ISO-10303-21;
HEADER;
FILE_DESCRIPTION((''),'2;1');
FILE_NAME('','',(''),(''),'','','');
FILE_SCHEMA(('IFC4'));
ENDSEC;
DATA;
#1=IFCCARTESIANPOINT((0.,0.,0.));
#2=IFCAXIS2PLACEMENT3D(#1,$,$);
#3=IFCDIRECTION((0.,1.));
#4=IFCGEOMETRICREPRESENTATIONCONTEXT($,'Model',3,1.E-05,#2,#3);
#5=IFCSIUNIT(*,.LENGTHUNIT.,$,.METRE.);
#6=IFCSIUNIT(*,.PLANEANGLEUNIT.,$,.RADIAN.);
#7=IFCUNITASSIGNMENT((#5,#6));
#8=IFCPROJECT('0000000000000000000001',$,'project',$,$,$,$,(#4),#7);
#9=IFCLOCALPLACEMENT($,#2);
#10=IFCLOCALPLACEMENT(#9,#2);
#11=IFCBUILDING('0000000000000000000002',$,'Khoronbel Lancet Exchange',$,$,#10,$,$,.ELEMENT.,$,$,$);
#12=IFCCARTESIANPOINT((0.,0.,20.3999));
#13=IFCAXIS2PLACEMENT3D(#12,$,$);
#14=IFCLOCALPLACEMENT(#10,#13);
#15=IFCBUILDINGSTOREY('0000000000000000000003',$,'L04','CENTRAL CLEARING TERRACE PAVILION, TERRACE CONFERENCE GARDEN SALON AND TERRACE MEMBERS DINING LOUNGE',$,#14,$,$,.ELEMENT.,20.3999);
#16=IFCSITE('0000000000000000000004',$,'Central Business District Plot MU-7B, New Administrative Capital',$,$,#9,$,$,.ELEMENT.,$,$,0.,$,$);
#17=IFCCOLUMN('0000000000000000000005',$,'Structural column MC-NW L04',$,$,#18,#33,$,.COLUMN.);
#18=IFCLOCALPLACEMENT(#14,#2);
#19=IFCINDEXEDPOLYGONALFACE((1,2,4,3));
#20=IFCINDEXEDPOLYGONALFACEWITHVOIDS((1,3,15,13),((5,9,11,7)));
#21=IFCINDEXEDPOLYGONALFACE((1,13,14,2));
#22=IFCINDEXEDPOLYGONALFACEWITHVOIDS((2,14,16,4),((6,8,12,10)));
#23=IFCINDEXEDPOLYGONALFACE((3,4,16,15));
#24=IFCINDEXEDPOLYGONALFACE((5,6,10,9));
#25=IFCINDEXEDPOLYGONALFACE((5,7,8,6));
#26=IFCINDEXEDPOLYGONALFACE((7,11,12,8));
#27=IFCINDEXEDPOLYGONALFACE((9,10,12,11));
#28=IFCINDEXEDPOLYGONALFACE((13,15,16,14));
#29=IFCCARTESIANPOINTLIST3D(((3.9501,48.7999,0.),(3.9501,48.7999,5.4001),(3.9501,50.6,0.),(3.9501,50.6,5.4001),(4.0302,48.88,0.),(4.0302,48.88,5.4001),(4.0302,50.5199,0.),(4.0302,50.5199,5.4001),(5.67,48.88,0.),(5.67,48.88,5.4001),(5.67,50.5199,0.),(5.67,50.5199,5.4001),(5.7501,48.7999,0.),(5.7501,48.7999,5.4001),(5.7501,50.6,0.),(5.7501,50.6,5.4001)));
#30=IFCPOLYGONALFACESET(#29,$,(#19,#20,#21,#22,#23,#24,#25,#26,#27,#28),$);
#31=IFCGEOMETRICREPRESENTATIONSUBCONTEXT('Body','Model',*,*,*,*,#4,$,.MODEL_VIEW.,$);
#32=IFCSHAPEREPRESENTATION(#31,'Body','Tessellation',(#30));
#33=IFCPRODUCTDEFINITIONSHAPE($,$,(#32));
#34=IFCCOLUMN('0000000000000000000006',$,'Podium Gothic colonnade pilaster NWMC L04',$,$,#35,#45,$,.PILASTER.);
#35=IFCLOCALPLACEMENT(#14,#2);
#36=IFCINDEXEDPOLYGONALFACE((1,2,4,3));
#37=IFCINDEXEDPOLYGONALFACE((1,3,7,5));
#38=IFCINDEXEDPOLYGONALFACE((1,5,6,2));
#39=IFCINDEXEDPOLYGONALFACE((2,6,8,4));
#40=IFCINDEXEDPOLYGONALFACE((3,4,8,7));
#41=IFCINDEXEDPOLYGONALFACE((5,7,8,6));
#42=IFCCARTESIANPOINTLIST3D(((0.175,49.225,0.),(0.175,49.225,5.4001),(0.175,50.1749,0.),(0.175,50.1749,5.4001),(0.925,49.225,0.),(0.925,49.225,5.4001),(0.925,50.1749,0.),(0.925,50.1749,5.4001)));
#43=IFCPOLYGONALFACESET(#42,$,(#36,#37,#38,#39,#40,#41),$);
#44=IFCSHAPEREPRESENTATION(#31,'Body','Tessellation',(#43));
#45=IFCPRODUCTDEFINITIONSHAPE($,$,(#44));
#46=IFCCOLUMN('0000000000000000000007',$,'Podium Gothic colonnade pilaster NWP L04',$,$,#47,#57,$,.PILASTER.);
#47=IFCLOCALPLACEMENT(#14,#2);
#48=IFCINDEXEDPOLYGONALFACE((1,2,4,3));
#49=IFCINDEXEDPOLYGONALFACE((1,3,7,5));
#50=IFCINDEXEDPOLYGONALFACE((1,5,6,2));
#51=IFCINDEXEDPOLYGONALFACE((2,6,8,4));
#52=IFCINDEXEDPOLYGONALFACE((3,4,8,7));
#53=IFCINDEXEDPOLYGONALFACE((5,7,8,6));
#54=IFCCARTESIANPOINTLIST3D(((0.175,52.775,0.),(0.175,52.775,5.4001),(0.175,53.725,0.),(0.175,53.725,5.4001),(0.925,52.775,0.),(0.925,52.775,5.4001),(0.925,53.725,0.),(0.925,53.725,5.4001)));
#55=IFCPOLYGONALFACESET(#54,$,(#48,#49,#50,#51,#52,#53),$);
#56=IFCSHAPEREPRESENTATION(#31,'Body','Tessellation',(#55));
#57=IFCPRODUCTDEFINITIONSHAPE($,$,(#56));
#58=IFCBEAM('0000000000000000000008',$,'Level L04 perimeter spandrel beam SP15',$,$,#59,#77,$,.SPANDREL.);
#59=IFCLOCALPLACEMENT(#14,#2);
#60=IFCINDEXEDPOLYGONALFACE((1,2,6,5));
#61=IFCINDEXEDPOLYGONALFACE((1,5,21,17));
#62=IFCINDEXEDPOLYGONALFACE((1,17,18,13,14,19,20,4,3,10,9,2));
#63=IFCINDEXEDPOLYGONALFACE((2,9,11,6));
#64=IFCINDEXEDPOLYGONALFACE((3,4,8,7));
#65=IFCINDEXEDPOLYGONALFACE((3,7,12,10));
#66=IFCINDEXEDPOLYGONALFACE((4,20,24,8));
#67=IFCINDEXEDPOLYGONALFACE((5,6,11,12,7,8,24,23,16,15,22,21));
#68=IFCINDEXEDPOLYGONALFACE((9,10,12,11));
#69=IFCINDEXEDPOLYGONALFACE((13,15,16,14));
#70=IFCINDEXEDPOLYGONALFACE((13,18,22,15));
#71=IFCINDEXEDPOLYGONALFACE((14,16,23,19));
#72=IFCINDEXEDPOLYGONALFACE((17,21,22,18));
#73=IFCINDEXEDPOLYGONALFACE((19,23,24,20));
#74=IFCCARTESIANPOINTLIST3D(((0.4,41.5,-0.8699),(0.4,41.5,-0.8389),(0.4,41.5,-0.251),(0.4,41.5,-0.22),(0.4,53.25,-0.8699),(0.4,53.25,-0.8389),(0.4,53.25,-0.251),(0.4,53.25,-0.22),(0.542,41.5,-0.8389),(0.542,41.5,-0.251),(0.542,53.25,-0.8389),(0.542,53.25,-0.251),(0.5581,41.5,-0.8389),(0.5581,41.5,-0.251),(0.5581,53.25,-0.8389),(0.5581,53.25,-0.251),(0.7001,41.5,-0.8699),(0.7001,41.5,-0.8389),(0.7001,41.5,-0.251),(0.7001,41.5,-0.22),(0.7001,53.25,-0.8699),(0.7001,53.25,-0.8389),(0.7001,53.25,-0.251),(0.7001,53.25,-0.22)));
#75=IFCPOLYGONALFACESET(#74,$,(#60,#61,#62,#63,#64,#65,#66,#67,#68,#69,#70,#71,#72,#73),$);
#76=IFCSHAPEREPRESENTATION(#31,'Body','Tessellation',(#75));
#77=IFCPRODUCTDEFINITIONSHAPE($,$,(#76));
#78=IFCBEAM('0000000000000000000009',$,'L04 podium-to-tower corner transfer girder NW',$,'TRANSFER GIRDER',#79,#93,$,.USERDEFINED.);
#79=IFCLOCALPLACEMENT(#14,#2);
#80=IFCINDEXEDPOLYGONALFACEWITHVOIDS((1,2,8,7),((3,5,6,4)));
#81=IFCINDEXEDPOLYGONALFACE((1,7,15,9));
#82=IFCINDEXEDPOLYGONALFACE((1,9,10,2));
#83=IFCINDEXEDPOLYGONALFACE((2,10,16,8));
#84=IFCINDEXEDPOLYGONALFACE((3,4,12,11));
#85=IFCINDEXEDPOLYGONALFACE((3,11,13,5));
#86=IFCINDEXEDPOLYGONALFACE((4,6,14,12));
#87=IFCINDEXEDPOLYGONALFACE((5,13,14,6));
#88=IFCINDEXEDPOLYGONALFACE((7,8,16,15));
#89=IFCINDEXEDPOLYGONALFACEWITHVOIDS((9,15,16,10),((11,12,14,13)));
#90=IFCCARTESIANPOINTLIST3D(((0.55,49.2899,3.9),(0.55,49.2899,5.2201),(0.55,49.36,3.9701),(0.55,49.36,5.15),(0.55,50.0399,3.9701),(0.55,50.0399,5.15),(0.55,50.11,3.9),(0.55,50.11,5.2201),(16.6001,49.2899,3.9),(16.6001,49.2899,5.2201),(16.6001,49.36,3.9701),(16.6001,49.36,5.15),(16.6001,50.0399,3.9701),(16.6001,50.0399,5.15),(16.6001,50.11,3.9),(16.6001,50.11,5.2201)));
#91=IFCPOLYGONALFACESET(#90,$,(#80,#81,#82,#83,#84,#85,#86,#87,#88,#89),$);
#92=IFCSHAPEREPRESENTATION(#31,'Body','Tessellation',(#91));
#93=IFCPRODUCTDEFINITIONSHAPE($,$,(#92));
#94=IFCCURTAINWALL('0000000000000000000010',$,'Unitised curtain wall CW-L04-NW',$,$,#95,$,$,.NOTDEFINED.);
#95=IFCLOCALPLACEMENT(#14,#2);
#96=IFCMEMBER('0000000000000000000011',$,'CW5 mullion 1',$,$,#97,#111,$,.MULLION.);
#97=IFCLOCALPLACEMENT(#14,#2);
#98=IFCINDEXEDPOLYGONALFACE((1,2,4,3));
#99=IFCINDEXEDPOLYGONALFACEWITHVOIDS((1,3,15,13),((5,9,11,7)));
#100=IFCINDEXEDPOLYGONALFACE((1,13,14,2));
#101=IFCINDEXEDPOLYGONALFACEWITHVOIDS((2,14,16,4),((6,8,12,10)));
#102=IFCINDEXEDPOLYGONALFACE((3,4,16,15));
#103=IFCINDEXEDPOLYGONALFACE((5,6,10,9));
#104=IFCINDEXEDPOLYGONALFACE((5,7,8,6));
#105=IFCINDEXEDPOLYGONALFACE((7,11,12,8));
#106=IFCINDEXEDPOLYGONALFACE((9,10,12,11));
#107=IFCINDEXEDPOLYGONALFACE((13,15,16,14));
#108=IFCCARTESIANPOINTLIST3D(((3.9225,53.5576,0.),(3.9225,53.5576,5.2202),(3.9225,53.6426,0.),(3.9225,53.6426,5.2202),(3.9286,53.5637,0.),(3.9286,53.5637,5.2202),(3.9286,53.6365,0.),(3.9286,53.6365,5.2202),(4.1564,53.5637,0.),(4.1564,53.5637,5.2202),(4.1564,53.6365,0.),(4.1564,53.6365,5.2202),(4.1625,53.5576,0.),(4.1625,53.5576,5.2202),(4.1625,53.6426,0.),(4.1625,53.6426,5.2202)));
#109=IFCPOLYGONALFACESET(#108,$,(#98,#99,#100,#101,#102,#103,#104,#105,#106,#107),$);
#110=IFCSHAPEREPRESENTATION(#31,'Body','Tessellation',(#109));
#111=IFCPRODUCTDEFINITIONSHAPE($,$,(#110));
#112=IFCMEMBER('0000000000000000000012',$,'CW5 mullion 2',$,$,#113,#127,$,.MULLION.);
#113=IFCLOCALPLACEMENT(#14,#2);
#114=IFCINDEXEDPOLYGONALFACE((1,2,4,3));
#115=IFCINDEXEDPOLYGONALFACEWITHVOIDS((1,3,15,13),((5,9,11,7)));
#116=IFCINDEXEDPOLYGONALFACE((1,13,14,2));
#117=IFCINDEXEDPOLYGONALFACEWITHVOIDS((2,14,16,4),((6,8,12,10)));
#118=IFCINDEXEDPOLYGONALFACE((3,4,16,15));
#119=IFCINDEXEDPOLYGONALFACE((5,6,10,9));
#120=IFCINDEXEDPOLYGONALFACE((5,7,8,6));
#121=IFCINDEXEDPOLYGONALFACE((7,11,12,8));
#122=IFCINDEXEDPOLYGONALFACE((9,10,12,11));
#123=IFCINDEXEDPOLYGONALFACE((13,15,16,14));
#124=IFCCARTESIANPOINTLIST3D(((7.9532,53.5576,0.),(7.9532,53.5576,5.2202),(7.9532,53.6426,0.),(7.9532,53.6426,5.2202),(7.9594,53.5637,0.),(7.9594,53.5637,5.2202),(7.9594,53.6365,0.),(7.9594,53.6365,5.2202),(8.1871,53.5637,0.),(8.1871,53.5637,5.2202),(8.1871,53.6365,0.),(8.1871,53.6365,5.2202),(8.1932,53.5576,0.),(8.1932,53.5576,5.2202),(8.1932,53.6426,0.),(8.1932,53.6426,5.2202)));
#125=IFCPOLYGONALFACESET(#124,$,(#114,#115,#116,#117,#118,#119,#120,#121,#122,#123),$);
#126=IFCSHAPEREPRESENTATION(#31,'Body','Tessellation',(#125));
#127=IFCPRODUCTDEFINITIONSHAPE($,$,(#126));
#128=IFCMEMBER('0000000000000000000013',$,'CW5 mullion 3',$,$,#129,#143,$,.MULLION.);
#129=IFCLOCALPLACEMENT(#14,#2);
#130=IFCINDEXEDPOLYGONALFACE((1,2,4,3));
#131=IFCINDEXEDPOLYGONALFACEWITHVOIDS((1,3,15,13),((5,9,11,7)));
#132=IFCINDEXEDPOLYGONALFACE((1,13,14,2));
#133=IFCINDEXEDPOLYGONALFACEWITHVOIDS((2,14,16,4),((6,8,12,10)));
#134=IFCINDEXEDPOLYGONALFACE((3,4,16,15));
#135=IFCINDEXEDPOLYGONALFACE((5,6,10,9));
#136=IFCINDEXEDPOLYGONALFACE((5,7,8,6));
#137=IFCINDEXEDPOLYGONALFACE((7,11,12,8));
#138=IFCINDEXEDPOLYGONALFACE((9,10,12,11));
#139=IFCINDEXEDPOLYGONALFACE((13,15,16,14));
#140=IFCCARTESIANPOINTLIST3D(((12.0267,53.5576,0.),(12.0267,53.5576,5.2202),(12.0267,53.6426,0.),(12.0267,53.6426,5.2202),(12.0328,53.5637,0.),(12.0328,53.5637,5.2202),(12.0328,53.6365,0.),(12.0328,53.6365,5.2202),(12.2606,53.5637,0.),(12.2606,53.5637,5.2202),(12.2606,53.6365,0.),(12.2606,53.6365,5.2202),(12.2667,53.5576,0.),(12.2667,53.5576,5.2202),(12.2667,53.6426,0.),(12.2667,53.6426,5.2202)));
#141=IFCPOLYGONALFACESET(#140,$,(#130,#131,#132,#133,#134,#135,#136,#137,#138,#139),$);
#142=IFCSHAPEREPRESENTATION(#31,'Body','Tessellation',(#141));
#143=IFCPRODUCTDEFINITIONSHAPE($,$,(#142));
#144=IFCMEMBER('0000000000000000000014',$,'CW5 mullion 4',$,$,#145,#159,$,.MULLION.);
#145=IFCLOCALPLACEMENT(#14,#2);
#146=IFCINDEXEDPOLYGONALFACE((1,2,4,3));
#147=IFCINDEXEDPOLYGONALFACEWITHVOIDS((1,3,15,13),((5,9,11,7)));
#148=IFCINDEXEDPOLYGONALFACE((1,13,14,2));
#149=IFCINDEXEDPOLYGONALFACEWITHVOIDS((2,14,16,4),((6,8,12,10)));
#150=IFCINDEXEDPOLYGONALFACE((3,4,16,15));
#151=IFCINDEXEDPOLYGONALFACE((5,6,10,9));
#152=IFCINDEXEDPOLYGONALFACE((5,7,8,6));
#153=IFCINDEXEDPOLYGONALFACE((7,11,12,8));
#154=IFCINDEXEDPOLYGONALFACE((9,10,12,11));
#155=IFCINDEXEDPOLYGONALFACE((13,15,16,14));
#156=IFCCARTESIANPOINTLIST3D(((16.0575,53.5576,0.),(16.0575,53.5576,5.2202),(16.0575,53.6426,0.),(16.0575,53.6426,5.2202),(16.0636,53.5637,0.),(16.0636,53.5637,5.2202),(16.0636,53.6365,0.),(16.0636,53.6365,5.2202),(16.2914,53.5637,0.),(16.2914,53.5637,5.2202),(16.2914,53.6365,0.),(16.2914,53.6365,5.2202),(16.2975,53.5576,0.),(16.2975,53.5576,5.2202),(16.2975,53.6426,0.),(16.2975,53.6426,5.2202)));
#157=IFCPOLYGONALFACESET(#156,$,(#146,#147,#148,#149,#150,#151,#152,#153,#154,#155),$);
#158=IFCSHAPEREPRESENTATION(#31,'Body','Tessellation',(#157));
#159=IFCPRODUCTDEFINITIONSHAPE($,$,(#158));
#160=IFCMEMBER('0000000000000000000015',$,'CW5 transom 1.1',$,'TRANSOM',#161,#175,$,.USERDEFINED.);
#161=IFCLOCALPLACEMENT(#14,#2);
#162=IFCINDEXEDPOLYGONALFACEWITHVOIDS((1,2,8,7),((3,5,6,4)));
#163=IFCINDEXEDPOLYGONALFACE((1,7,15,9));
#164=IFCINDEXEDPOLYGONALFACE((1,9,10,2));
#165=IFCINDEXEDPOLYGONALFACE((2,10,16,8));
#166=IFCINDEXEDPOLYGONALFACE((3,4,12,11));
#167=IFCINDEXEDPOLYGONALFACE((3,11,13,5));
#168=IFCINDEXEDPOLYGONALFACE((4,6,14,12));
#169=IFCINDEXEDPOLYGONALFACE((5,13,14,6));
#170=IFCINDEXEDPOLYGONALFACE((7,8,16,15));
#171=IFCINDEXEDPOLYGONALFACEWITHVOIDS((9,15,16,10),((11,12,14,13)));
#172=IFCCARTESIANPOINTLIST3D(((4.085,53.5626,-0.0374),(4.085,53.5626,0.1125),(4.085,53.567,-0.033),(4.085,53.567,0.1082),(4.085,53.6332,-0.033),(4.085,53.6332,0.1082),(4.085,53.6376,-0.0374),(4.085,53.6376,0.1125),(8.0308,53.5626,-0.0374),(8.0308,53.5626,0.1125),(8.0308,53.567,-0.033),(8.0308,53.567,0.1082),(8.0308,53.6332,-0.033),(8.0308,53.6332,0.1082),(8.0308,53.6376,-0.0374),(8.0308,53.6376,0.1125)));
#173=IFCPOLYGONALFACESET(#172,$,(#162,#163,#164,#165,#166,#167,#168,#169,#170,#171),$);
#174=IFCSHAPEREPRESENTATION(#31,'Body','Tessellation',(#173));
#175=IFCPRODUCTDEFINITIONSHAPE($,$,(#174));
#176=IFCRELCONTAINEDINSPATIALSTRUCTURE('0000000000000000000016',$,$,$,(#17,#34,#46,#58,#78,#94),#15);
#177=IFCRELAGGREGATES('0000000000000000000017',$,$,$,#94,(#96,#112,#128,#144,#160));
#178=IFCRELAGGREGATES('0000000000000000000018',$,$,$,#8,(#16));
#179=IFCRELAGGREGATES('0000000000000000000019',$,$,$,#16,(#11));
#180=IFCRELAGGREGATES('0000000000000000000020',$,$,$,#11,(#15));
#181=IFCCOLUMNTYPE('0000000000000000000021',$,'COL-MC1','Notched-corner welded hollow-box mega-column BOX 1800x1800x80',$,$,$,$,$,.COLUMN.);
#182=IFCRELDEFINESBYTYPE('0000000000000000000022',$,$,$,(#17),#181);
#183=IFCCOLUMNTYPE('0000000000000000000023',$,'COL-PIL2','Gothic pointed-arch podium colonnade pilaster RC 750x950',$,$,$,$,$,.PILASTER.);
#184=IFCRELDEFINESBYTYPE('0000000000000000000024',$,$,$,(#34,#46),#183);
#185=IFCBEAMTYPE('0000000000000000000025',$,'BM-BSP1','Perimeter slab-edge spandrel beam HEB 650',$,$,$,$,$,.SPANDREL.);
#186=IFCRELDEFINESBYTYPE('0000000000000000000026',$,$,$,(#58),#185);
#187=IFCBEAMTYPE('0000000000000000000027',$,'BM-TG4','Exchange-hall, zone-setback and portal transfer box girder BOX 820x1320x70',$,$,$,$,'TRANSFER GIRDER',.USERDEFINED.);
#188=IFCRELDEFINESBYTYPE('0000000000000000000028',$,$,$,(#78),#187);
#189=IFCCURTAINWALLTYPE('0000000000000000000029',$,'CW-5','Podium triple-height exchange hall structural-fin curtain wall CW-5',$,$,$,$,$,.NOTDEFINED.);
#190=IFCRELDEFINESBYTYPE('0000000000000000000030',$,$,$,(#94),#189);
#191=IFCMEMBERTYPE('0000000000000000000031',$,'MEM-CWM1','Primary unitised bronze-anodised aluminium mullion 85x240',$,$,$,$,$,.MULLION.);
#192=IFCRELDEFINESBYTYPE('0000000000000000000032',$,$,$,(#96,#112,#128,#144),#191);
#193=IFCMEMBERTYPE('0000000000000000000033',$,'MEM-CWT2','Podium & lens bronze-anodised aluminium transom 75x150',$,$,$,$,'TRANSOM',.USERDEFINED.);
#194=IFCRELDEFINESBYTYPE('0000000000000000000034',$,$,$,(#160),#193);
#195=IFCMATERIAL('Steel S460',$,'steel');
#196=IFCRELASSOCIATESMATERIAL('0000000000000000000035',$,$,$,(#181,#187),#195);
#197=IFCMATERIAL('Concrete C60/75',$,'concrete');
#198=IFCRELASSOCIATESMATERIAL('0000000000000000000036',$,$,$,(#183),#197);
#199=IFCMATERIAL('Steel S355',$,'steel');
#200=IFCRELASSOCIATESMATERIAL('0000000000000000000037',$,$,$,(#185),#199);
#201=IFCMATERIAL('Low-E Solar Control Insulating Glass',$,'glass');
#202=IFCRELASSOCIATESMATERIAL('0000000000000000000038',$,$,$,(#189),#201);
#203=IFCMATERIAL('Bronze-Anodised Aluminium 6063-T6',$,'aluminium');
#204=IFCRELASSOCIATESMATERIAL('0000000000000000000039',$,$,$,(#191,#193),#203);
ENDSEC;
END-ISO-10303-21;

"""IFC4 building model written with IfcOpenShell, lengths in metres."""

from ifc_helpers import new_model, si_unit, direction, frame, origin, origin_2d, place, context, subcontext, project, spatial, rectangle, hollow_rectangle, i_section, extrude, material, material_profile, profile_set, type_object, element, aggregate, save


model = new_model("IFC4")

# Units and contexts
model_context = context("Model", 3, precision=1e-05, world=origin(), true_north=direction((0.0, 1.0)))
body_context = subcontext(model_context, "Body", "Model", "MODEL_VIEW")
ifc_project = project(units=[si_unit("LENGTHUNIT", "METRE"), si_unit("PLANEANGLEUNIT", "RADIAN")], contexts=[model_context])

# Site, building, storey
site_placement = place(None, origin())
site = spatial("IfcSite", under=ifc_project, at=site_placement, Name="Central Business District Plot MU-7B, New Administrative Capital", CompositionType="ELEMENT", RefElevation=0.0)
building_placement = place(site_placement, origin())
building = spatial("IfcBuilding", under=site, at=building_placement, Name="Khoronbel Lancet Exchange", CompositionType="ELEMENT")
storey_placement = place(building_placement, frame((0.0, 0.0, 20.3999)))
storey = spatial("IfcBuildingStorey", under=building, at=storey_placement, Name="L04", Description="CENTRAL CLEARING TERRACE PAVILION, TERRACE CONFERENCE GARDEN SALON AND TERRACE MEMBERS DINING LOUNGE", CompositionType="ELEMENT", Elevation=20.3999)

# Columns
ifc_material_1 = material(Name="Steel S460", Category="steel")
ifc_material_profile_1 = material_profile(ifc_material_1, hollow_rectangle(XDim=1.8, YDim=1.8, WallThickness=0.0801, at=origin_2d()), Name="BOX 1800x1800x80")
ifc_profile_set_1 = profile_set([ifc_material_profile_1], Name="Steel S460")
column_type_1 = type_object("IfcColumnType", Name="COL-MC1", Description="Notched-corner welded hollow-box mega-column BOX 1800x1800x80", PredefinedType="COLUMN", material=ifc_profile_set_1)
column_placement = place(storey_placement, frame((4.8501, 49.7, 0.0), z_axis=(0.0, 0.0, 1.0), x_axis=(1.0, 0.0, 0.0)))
element("IfcColumn", 1, at=column_placement, inside=storey, type_object=column_type_1, Name="Structural column MC-NW L04", PredefinedType="COLUMN", context=body_context, shape_type="SweptSolid", body=[
    extrude(hollow_rectangle(XDim=1.8, YDim=1.8, WallThickness=0.0801, at=origin_2d()), origin(), (0.0, 0.0, 1.0), 5.4001),
])
ifc_material_2 = material(Name="Concrete C60/75", Category="concrete")
ifc_material_profile_2 = material_profile(ifc_material_2, rectangle(XDim=0.75, YDim=0.95, at=origin_2d()), Name="RC 750x950")
ifc_profile_set_2 = profile_set([ifc_material_profile_2], Name="Concrete C60/75")
column_type_2 = type_object("IfcColumnType", Name="COL-PIL2", Description="Gothic pointed-arch podium colonnade pilaster RC 750x950", PredefinedType="PILASTER", material=ifc_profile_set_2)
for number, where, z_axis, x_axis, name in (
    (2, (0.55, 49.7, 0.0), (0.0, 0.0, 1.0), (1.0, 0.0, 0.0), "Podium Gothic colonnade pilaster NWMC L04"),
    (3, (0.55, 53.25, 0.0), (0.0, 0.0, 1.0), (1.0, 0.0, 0.0), "Podium Gothic colonnade pilaster NWP L04"),
):
    element("IfcColumn", number, at=place(storey_placement, frame(where, z_axis=z_axis, x_axis=x_axis)), inside=storey, type_object=column_type_2, Name=name, PredefinedType="PILASTER", context=body_context, shape_type="SweptSolid", body=[
        extrude(rectangle(XDim=0.75, YDim=0.95, at=origin_2d()), origin(), (0.0, 0.0, 1.0), 5.4001),
    ])

# Beams
ifc_material_3 = material(Name="Steel S355", Category="steel")
ifc_material_profile_3 = material_profile(ifc_material_3, i_section(OverallWidth=0.3, OverallDepth=0.6499, WebThickness=0.0161, FlangeThickness=0.031, at=origin_2d()), Name="HEB 650")
ifc_profile_set_3 = profile_set([ifc_material_profile_3], Name="Steel S355")
beam_type_1 = type_object("IfcBeamType", Name="BM-BSP1", Description="Perimeter slab-edge spandrel beam HEB 650", PredefinedType="SPANDREL", material=ifc_profile_set_3)
beam_1_placement = place(storey_placement, frame((0.55, 53.25, -0.5449), z_axis=(0.0, -1.0, 0.0), x_axis=(1.0, 0.0, 0.0)))
element("IfcBeam", 4, at=beam_1_placement, inside=storey, type_object=beam_type_1, Name="Level L04 perimeter spandrel beam SP15", PredefinedType="SPANDREL", context=body_context, shape_type="SweptSolid", body=[
    extrude(i_section(OverallWidth=0.3, OverallDepth=0.6499, WebThickness=0.0161, FlangeThickness=0.031, at=origin_2d()), origin(), (0.0, 0.0, 1.0), 11.75),
])
ifc_material_profile_4 = material_profile(ifc_material_1, hollow_rectangle(XDim=0.8201, YDim=1.3201, WallThickness=0.0701, at=origin_2d()), Name="BOX 820x1320x70")
ifc_profile_set_4 = profile_set([ifc_material_profile_4], Name="Steel S460")
beam_type_2 = type_object("IfcBeamType", Name="BM-TG4", Description="Exchange-hall, zone-setback and portal transfer box girder BOX 820x1320x70", ElementType="TRANSFER GIRDER", PredefinedType="USERDEFINED", material=ifc_profile_set_4)
beam_2_placement = place(storey_placement, frame((0.55, 49.7, 4.5601), z_axis=(1.0, 0.0, 0.0), x_axis=(0.0, 1.0, 0.0)))
element("IfcBeam", 5, at=beam_2_placement, inside=storey, type_object=beam_type_2, Name="L04 podium-to-tower corner transfer girder NW", ObjectType="TRANSFER GIRDER", PredefinedType="USERDEFINED", context=body_context, shape_type="SweptSolid", body=[
    extrude(hollow_rectangle(XDim=0.8201, YDim=1.3201, WallThickness=0.0701, at=origin_2d()), origin(), (0.0, 0.0, 1.0), 16.05),
])

# Curtain wall, members
ifc_material_4 = material(Name="Low-E Solar Control Insulating Glass", Category="glass")
curtain_wall_type = type_object("IfcCurtainWallType", Name="CW-5", Description="Podium triple-height exchange hall structural-fin curtain wall CW-5", PredefinedType="NOTDEFINED", material=ifc_material_4)
curtain_wall_placement = place(storey_placement, origin())
curtain_wall = element("IfcCurtainWall", 6, at=curtain_wall_placement, inside=storey, type_object=curtain_wall_type, Name="Unitised curtain wall CW-L04-NW", PredefinedType="NOTDEFINED")
ifc_material_5 = material(Name="Bronze-Anodised Aluminium 6063-T6", Category="aluminium")
ifc_material_profile_5 = material_profile(ifc_material_5, hollow_rectangle(XDim=0.085, YDim=0.24, WallThickness=0.0061, at=origin_2d()), Name="ALU MULLION 85x240")
ifc_profile_set_5 = profile_set([ifc_material_profile_5], Name="Bronze-Anodised Aluminium 6063-T6")
member_type_1 = type_object("IfcMemberType", Name="MEM-CWM1", Description="Primary unitised bronze-anodised aluminium mullion 85x240", PredefinedType="MULLION", material=ifc_profile_set_5)
member_1_placement = place(storey_placement, frame((4.0425, 53.6001, 0.0), z_axis=(0.0, 0.0, 1.0), x_axis=(0.0, 1.0, 0.0)))
member_1 = element("IfcMember", 7, at=member_1_placement, type_object=member_type_1, Name="CW5 mullion 1", PredefinedType="MULLION", context=body_context, shape_type="SweptSolid", body=[
    extrude(hollow_rectangle(XDim=0.085, YDim=0.24, WallThickness=0.0061, at=origin_2d()), origin(), (0.0, 0.0, 1.0), 5.2202),
])
member_2_placement = place(storey_placement, frame((8.0732, 53.6001, 0.0), z_axis=(0.0, 0.0, 1.0), x_axis=(0.0, 1.0, 0.0)))
member_2 = element("IfcMember", 8, at=member_2_placement, type_object=member_type_1, Name="CW5 mullion 2", PredefinedType="MULLION", context=body_context, shape_type="SweptSolid", body=[
    extrude(hollow_rectangle(XDim=0.085, YDim=0.24, WallThickness=0.0061, at=origin_2d()), origin(), (0.0, 0.0, 1.0), 5.2202),
])
member_3_placement = place(storey_placement, frame((12.1467, 53.6001, 0.0), z_axis=(0.0, 0.0, 1.0), x_axis=(0.0, 1.0, 0.0)))
member_3 = element("IfcMember", 9, at=member_3_placement, type_object=member_type_1, Name="CW5 mullion 3", PredefinedType="MULLION", context=body_context, shape_type="SweptSolid", body=[
    extrude(hollow_rectangle(XDim=0.085, YDim=0.24, WallThickness=0.0061, at=origin_2d()), origin(), (0.0, 0.0, 1.0), 5.2202),
])
member_4_placement = place(storey_placement, frame((16.1775, 53.6001, 0.0), z_axis=(0.0, 0.0, 1.0), x_axis=(0.0, 1.0, 0.0)))
member_4 = element("IfcMember", 10, at=member_4_placement, type_object=member_type_1, Name="CW5 mullion 4", PredefinedType="MULLION", context=body_context, shape_type="SweptSolid", body=[
    extrude(hollow_rectangle(XDim=0.085, YDim=0.24, WallThickness=0.0061, at=origin_2d()), origin(), (0.0, 0.0, 1.0), 5.2202),
])
ifc_material_profile_6 = material_profile(ifc_material_5, hollow_rectangle(XDim=0.075, YDim=0.1499, WallThickness=0.0044, at=origin_2d()), Name="ALU TRANSOM 75x150")
ifc_profile_set_6 = profile_set([ifc_material_profile_6], Name="Bronze-Anodised Aluminium 6063-T6")
member_type_2 = type_object("IfcMemberType", Name="MEM-CWT2", Description="Podium & lens bronze-anodised aluminium transom 75x150", ElementType="TRANSOM", PredefinedType="USERDEFINED", material=ifc_profile_set_6)
member_5_placement = place(storey_placement, frame((4.085, 53.6001, 0.0376), z_axis=(1.0, 0.0, 0.0), x_axis=(0.0, 1.0, 0.0)))
member_5 = element("IfcMember", 11, at=member_5_placement, type_object=member_type_2, Name="CW5 transom 1.1", ObjectType="TRANSOM", PredefinedType="USERDEFINED", context=body_context, shape_type="SweptSolid", body=[
    extrude(hollow_rectangle(XDim=0.075, YDim=0.1499, WallThickness=0.0044, at=origin_2d()), origin(), (0.0, 0.0, 1.0), 3.9458),
])
aggregate(curtain_wall, [member_1, member_2, member_3, member_4, member_5])

save(model, "model.ifc")
